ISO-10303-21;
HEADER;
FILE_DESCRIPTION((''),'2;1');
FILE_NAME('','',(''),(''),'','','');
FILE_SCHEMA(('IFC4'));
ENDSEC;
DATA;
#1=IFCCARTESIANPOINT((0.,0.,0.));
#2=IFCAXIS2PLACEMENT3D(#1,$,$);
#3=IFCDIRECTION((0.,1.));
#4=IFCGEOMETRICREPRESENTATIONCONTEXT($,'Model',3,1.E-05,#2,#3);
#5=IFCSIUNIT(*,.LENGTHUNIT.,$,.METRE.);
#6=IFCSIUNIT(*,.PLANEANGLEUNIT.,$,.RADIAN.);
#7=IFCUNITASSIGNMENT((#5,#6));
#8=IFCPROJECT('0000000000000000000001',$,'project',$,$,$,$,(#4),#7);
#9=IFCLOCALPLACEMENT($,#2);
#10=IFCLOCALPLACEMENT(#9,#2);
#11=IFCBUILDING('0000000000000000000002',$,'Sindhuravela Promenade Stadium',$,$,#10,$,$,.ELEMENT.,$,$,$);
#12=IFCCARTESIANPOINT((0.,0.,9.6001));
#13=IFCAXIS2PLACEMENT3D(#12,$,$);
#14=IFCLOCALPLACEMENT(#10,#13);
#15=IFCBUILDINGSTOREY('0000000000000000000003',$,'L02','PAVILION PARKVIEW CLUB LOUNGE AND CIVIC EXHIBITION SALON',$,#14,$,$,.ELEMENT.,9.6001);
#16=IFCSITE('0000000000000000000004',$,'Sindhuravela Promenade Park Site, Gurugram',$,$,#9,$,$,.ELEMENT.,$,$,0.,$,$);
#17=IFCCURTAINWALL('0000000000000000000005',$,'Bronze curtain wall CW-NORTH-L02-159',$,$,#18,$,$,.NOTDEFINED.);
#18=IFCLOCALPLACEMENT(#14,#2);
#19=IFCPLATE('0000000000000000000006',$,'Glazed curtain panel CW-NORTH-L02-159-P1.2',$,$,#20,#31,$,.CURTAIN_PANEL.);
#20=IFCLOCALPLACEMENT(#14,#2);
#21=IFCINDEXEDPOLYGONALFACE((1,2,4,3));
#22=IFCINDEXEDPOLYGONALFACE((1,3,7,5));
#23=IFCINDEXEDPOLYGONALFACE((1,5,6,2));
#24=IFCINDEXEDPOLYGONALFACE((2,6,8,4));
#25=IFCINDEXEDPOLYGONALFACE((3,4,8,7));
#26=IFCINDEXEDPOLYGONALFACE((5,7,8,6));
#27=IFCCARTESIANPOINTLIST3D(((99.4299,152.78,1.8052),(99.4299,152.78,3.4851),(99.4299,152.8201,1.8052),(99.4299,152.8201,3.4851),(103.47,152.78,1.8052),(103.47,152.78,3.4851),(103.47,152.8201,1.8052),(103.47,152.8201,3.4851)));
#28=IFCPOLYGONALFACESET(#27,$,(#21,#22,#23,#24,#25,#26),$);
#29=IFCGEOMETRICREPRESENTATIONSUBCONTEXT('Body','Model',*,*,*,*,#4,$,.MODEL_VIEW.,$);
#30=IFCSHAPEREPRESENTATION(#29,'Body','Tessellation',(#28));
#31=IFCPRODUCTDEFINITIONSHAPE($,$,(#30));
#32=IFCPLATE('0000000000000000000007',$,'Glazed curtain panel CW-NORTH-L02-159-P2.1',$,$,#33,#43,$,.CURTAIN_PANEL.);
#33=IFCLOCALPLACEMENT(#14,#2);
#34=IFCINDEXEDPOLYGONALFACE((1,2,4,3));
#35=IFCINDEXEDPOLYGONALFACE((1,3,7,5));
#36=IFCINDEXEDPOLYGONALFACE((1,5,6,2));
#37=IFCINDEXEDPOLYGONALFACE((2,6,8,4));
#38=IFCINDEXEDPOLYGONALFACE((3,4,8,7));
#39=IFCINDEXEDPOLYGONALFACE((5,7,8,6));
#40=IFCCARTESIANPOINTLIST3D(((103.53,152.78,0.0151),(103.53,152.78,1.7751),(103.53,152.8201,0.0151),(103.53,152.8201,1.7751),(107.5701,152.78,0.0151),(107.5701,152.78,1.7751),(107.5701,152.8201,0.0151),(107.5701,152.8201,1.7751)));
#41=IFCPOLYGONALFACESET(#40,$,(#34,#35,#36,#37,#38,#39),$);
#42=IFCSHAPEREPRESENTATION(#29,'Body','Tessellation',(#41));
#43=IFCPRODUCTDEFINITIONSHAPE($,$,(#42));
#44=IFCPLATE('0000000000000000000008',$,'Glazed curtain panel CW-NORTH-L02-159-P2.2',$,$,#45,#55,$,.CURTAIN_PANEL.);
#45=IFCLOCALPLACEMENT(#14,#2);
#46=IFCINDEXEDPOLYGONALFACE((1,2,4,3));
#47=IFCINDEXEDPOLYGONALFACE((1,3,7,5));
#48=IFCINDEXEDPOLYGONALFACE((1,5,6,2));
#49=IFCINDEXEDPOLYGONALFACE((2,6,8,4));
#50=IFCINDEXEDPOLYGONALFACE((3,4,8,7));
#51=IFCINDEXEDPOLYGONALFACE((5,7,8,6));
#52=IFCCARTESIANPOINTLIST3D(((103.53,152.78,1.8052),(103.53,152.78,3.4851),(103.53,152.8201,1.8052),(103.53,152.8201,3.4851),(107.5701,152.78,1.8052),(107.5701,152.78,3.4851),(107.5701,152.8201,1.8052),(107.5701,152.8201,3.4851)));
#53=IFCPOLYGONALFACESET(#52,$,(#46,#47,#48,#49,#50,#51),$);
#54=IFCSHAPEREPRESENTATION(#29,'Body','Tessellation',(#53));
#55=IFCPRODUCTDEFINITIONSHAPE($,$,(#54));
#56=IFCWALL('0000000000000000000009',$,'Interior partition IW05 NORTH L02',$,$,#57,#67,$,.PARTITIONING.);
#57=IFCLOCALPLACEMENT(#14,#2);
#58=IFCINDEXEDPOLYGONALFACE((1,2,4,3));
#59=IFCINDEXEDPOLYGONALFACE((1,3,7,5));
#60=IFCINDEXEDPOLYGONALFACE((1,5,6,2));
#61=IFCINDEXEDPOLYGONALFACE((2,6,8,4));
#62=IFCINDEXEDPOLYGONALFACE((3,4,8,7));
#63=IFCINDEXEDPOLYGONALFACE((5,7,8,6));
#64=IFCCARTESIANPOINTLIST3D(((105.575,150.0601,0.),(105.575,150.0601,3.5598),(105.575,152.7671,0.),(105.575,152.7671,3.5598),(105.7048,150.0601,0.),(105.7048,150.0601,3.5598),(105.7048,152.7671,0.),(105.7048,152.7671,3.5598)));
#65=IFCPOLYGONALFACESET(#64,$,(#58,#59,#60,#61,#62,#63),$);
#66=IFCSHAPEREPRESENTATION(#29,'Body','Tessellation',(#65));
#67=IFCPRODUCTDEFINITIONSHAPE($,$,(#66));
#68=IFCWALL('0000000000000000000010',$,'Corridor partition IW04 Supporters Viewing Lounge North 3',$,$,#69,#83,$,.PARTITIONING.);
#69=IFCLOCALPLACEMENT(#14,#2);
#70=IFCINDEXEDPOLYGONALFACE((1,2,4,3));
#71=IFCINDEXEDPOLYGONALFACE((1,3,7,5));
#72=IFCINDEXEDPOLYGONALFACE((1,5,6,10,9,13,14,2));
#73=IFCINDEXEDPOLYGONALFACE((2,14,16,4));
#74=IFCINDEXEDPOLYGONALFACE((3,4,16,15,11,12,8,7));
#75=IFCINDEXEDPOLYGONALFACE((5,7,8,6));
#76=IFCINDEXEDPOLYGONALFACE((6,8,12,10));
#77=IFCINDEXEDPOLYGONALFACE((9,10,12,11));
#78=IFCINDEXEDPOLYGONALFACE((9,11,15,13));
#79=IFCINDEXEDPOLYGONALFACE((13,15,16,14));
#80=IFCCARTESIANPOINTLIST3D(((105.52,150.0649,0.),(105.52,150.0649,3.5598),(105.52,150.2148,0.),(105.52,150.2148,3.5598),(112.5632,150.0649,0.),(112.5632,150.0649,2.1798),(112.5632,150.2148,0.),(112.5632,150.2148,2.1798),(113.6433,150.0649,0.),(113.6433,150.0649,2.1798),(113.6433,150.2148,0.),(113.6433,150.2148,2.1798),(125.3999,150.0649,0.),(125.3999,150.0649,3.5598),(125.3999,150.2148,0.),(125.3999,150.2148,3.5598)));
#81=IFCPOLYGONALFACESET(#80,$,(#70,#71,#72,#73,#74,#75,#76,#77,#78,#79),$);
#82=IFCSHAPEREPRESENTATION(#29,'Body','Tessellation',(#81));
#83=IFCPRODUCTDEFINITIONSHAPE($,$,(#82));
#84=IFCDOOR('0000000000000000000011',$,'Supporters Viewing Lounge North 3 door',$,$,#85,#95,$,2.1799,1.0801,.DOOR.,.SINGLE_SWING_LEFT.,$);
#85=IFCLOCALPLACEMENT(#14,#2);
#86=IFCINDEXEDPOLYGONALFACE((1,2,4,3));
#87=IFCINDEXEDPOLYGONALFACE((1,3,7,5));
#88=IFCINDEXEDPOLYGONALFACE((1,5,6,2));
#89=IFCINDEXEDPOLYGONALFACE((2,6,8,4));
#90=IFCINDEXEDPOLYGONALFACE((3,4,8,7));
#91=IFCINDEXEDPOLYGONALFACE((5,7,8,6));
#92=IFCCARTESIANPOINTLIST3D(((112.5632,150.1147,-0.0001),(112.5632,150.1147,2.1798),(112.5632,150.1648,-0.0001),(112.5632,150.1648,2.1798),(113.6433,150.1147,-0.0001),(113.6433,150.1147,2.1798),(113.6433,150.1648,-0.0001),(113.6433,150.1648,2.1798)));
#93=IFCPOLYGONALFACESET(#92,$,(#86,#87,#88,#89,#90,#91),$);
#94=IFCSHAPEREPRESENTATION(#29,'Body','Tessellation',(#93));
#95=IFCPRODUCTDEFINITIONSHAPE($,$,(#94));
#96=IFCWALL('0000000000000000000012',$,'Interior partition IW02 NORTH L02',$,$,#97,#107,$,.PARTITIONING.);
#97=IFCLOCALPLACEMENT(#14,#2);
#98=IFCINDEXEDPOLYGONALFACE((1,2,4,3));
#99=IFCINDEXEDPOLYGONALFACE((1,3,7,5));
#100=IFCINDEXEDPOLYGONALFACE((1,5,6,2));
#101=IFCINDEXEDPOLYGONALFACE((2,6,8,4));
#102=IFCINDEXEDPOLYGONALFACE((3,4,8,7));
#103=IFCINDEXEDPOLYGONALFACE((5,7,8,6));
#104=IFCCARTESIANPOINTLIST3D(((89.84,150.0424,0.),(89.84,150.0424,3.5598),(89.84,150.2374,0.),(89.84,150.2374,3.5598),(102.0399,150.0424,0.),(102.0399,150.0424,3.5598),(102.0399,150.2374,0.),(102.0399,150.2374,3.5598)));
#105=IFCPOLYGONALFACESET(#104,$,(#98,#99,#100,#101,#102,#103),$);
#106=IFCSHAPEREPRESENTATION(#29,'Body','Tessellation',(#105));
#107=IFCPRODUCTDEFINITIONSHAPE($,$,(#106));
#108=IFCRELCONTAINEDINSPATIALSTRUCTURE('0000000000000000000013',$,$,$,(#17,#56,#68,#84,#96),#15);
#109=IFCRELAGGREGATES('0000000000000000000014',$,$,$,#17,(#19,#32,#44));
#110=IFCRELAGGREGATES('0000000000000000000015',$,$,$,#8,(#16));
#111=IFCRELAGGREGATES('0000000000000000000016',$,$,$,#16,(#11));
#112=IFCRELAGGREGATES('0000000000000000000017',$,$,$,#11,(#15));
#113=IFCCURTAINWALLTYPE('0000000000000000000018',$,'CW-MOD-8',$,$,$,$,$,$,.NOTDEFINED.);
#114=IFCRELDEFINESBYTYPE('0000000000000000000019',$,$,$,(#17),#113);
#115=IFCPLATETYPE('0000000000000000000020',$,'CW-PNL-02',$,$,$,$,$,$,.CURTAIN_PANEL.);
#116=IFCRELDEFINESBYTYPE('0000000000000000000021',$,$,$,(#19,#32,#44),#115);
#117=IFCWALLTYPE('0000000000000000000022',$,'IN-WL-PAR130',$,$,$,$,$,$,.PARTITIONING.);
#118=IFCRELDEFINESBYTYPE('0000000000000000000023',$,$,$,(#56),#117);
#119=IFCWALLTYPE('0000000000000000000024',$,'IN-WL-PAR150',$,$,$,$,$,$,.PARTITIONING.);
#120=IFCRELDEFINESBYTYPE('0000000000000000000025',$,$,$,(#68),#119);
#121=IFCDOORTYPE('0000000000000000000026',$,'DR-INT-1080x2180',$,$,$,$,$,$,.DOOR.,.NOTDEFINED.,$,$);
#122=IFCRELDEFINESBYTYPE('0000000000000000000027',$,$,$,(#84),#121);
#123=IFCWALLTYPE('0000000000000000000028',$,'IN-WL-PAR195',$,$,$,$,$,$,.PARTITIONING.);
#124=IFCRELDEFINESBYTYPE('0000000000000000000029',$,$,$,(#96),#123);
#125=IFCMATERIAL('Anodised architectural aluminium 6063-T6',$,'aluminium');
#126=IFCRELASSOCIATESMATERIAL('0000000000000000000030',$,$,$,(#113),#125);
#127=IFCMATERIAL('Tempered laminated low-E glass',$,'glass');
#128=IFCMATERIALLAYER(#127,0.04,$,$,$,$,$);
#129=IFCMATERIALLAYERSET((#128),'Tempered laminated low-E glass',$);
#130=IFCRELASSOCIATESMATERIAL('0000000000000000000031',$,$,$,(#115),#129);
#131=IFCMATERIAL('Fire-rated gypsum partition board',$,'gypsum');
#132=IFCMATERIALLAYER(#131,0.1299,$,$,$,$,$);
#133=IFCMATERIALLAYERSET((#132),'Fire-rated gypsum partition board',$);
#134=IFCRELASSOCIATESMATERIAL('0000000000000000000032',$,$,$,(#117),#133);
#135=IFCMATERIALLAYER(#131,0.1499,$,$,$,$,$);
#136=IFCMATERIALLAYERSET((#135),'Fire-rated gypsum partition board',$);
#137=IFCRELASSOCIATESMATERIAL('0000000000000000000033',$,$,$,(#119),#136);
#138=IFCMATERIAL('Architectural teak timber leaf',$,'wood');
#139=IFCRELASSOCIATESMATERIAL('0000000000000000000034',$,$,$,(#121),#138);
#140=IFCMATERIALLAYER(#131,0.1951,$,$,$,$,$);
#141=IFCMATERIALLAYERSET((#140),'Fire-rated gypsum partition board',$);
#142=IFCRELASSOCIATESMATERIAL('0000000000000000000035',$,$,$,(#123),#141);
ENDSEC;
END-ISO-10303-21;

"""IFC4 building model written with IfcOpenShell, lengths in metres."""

from ifc_helpers import new_model, si_unit, direction, frame, frame_2d, origin, origin_2d, place, context, subcontext, project, spatial, rectangle, extrude, material, layer, layer_set, type_object, element, fill, aggregate, save


model = new_model("IFC4")

# Units and contexts
model_context = context("Model", 3, precision=1e-05, world=origin(), true_north=direction((0.0, 1.0)))
body_context = subcontext(model_context, "Body", "Model", "MODEL_VIEW")
ifc_project = project(units=[si_unit("LENGTHUNIT", "METRE"), si_unit("PLANEANGLEUNIT", "RADIAN")], contexts=[model_context])

# Site, building, storey
site_placement = place(None, origin())
site = spatial("IfcSite", under=ifc_project, at=site_placement, Name="Sindhuravela Promenade Park Site, Gurugram", CompositionType="ELEMENT", RefElevation=0.0)
building_placement = place(site_placement, origin())
building = spatial("IfcBuilding", under=site, at=building_placement, Name="Sindhuravela Promenade Stadium", CompositionType="ELEMENT")
storey_placement = place(building_placement, frame((0.0, 0.0, 9.6001)))
storey = spatial("IfcBuildingStorey", under=building, at=storey_placement, Name="L02", Description="PAVILION PARKVIEW CLUB LOUNGE AND CIVIC EXHIBITION SALON", CompositionType="ELEMENT", Elevation=9.6001)

# Curtain wall
ifc_material_1 = material(Name="Anodised architectural aluminium 6063-T6", Category="aluminium")
curtain_wall_type_1 = type_object("IfcCurtainWallType", Name="CW-MOD-8", PredefinedType="NOTDEFINED", material=ifc_material_1)
curtain_wall_1_placement = place(storey_placement, origin())
curtain_wall_1 = element("IfcCurtainWall", 1, at=curtain_wall_1_placement, inside=storey, type_object=curtain_wall_type_1, Name="Bronze curtain wall CW-NORTH-L02-159", PredefinedType="NOTDEFINED")

# Plates
ifc_material_2 = material(Name="Tempered laminated low-E glass", Category="glass")
ifc_layer_1 = layer(ifc_material_2, 0.04)
ifc_layer_set_1 = layer_set([ifc_layer_1], Name="Tempered laminated low-E glass")
plate_type_1 = type_object("IfcPlateType", Name="CW-PNL-02", PredefinedType="CURTAIN_PANEL", material=ifc_layer_set_1)
plate_1_placement = place(storey_placement, frame((101.45, 152.8, 1.8052), z_axis=(0.0, 0.0, 1.0), x_axis=(1.0, 0.0, 0.0)))
plate_1 = element("IfcPlate", 2, at=plate_1_placement, type_object=plate_type_1, Name="Glazed curtain panel CW-NORTH-L02-159-P1.2", PredefinedType="CURTAIN_PANEL", context=body_context, shape_type="SweptSolid", body=[
    extrude(rectangle(XDim=4.04, YDim=0.04, at=origin_2d()), origin(), (0.0, 0.0, 1.0), 1.6799),
])
plate_2_placement = place(storey_placement, frame((105.55, 152.8, 0.0151), z_axis=(0.0, 0.0, 1.0), x_axis=(1.0, 0.0, 0.0)))
plate_2 = element("IfcPlate", 3, at=plate_2_placement, type_object=plate_type_1, Name="Glazed curtain panel CW-NORTH-L02-159-P2.1", PredefinedType="CURTAIN_PANEL", context=body_context, shape_type="SweptSolid", body=[
    extrude(rectangle(XDim=4.04, YDim=0.04, at=origin_2d()), origin(), (0.0, 0.0, 1.0), 1.76),
])
plate_3_placement = place(storey_placement, frame((105.55, 152.8, 1.8052), z_axis=(0.0, 0.0, 1.0), x_axis=(1.0, 0.0, 0.0)))
plate_3 = element("IfcPlate", 4, at=plate_3_placement, type_object=plate_type_1, Name="Glazed curtain panel CW-NORTH-L02-159-P2.2", PredefinedType="CURTAIN_PANEL", context=body_context, shape_type="SweptSolid", body=[
    extrude(rectangle(XDim=4.04, YDim=0.04, at=origin_2d()), origin(), (0.0, 0.0, 1.0), 1.6799),
])
aggregate(curtain_wall_1, [plate_1, plate_2, plate_3])

# Wall
ifc_material_3 = material(Name="Fire-rated gypsum partition board", Category="gypsum")
ifc_layer_2 = layer(ifc_material_3, 0.1299)
ifc_layer_set_2 = layer_set([ifc_layer_2], Name="Fire-rated gypsum partition board")
wall_type_1 = type_object("IfcWallType", Name="IN-WL-PAR130", PredefinedType="PARTITIONING", material=ifc_layer_set_2)
wall_1_placement = place(storey_placement, frame((105.6399, 150.0601, 0.0), z_axis=(0.0, 0.0, 1.0), x_axis=(0.0, 1.0, 0.0)))
element("IfcWall", 5, at=wall_1_placement, inside=storey, type_object=wall_type_1, Name="Interior partition IW05 NORTH L02", PredefinedType="PARTITIONING", context=body_context, shape_type="SweptSolid", body=[
    extrude(rectangle(XDim=2.707, YDim=0.1299, at=frame_2d((1.3535, 0.0))), origin(), (0.0, 0.0, 1.0), 3.5598),
])

# Wall, opening, door
ifc_layer_3 = layer(ifc_material_3, 0.1499)
ifc_layer_set_3 = layer_set([ifc_layer_3], Name="Fire-rated gypsum partition board")
wall_type_2 = type_object("IfcWallType", Name="IN-WL-PAR150", PredefinedType="PARTITIONING", material=ifc_layer_set_3)
wall_2_placement = place(storey_placement, frame((105.52, 150.1399, 0.0), z_axis=(0.0, 0.0, 1.0), x_axis=(1.0, 0.0, 0.0)))
wall_2 = element("IfcWall", 6, at=wall_2_placement, inside=storey, type_object=wall_type_2, Name="Corridor partition IW04 Supporters Viewing Lounge North 3", PredefinedType="PARTITIONING", context=body_context, shape_type="SweptSolid", body=[
    extrude(rectangle(XDim=19.8799, YDim=0.1499, at=frame_2d((9.9399, 0.0))), origin(), (0.0, 0.0, 1.0), 3.5598),
])
opening_1_placement = place(wall_2_placement, frame((7.0432, 0.0, 0.0)))
opening_1 = element("IfcOpeningElement", 7, at=opening_1_placement, cuts=wall_2, PredefinedType="OPENING", context=body_context, shape_type="SweptSolid", body=[
    extrude(rectangle(XDim=1.0801, YDim=2.1799, at=frame_2d((0.54, 1.0898))), frame((0.0, 0.085, 0.0), z_axis=(0.0, -1.0, 0.0), x_axis=(1.0, 0.0, 0.0)), (0.0, 0.0, 1.0), 0.1699),
])
ifc_material_4 = material(Name="Architectural teak timber leaf", Category="wood")
door_type_1 = type_object("IfcDoorType", Name="DR-INT-1080x2180", OperationType="NOTDEFINED", PredefinedType="DOOR", material=ifc_material_4)
door_1_placement = place(opening_1_placement, origin())
door_1 = element("IfcDoor", 8, at=door_1_placement, inside=storey, type_object=door_type_1, Name="Supporters Viewing Lounge North 3 door", OperationType="SINGLE_SWING_LEFT", OverallHeight=2.1799, OverallWidth=1.0801, PredefinedType="DOOR", context=body_context, shape_type="SweptSolid", body=[
    extrude(rectangle(XDim=1.0801, YDim=2.1799, at=frame_2d((0.54, 1.0898))), frame((0.0, 0.0249, 0.0), z_axis=(0.0, -1.0, 0.0), x_axis=(1.0, 0.0, 0.0)), (0.0, 0.0, 1.0), 0.05),
])
fill(opening_1, door_1)

# Wall
ifc_layer_4 = layer(ifc_material_3, 0.1951)
ifc_layer_set_4 = layer_set([ifc_layer_4], Name="Fire-rated gypsum partition board")
wall_type_3 = type_object("IfcWallType", Name="IN-WL-PAR195", PredefinedType="PARTITIONING", material=ifc_layer_set_4)
wall_3_placement = place(storey_placement, frame((102.04, 150.1399, 0.0), z_axis=(0.0, 0.0, 1.0), x_axis=(-1.0, 0.0, 0.0)))
element("IfcWall", 9, at=wall_3_placement, inside=storey, type_object=wall_type_3, Name="Interior partition IW02 NORTH L02", PredefinedType="PARTITIONING", context=body_context, shape_type="SweptSolid", body=[
    extrude(rectangle(XDim=12.2, YDim=0.1951, at=frame_2d((6.1001, 0.0))), origin(), (0.0, 0.0, 1.0), 3.5598),
])

save(model, "model.ifc")
